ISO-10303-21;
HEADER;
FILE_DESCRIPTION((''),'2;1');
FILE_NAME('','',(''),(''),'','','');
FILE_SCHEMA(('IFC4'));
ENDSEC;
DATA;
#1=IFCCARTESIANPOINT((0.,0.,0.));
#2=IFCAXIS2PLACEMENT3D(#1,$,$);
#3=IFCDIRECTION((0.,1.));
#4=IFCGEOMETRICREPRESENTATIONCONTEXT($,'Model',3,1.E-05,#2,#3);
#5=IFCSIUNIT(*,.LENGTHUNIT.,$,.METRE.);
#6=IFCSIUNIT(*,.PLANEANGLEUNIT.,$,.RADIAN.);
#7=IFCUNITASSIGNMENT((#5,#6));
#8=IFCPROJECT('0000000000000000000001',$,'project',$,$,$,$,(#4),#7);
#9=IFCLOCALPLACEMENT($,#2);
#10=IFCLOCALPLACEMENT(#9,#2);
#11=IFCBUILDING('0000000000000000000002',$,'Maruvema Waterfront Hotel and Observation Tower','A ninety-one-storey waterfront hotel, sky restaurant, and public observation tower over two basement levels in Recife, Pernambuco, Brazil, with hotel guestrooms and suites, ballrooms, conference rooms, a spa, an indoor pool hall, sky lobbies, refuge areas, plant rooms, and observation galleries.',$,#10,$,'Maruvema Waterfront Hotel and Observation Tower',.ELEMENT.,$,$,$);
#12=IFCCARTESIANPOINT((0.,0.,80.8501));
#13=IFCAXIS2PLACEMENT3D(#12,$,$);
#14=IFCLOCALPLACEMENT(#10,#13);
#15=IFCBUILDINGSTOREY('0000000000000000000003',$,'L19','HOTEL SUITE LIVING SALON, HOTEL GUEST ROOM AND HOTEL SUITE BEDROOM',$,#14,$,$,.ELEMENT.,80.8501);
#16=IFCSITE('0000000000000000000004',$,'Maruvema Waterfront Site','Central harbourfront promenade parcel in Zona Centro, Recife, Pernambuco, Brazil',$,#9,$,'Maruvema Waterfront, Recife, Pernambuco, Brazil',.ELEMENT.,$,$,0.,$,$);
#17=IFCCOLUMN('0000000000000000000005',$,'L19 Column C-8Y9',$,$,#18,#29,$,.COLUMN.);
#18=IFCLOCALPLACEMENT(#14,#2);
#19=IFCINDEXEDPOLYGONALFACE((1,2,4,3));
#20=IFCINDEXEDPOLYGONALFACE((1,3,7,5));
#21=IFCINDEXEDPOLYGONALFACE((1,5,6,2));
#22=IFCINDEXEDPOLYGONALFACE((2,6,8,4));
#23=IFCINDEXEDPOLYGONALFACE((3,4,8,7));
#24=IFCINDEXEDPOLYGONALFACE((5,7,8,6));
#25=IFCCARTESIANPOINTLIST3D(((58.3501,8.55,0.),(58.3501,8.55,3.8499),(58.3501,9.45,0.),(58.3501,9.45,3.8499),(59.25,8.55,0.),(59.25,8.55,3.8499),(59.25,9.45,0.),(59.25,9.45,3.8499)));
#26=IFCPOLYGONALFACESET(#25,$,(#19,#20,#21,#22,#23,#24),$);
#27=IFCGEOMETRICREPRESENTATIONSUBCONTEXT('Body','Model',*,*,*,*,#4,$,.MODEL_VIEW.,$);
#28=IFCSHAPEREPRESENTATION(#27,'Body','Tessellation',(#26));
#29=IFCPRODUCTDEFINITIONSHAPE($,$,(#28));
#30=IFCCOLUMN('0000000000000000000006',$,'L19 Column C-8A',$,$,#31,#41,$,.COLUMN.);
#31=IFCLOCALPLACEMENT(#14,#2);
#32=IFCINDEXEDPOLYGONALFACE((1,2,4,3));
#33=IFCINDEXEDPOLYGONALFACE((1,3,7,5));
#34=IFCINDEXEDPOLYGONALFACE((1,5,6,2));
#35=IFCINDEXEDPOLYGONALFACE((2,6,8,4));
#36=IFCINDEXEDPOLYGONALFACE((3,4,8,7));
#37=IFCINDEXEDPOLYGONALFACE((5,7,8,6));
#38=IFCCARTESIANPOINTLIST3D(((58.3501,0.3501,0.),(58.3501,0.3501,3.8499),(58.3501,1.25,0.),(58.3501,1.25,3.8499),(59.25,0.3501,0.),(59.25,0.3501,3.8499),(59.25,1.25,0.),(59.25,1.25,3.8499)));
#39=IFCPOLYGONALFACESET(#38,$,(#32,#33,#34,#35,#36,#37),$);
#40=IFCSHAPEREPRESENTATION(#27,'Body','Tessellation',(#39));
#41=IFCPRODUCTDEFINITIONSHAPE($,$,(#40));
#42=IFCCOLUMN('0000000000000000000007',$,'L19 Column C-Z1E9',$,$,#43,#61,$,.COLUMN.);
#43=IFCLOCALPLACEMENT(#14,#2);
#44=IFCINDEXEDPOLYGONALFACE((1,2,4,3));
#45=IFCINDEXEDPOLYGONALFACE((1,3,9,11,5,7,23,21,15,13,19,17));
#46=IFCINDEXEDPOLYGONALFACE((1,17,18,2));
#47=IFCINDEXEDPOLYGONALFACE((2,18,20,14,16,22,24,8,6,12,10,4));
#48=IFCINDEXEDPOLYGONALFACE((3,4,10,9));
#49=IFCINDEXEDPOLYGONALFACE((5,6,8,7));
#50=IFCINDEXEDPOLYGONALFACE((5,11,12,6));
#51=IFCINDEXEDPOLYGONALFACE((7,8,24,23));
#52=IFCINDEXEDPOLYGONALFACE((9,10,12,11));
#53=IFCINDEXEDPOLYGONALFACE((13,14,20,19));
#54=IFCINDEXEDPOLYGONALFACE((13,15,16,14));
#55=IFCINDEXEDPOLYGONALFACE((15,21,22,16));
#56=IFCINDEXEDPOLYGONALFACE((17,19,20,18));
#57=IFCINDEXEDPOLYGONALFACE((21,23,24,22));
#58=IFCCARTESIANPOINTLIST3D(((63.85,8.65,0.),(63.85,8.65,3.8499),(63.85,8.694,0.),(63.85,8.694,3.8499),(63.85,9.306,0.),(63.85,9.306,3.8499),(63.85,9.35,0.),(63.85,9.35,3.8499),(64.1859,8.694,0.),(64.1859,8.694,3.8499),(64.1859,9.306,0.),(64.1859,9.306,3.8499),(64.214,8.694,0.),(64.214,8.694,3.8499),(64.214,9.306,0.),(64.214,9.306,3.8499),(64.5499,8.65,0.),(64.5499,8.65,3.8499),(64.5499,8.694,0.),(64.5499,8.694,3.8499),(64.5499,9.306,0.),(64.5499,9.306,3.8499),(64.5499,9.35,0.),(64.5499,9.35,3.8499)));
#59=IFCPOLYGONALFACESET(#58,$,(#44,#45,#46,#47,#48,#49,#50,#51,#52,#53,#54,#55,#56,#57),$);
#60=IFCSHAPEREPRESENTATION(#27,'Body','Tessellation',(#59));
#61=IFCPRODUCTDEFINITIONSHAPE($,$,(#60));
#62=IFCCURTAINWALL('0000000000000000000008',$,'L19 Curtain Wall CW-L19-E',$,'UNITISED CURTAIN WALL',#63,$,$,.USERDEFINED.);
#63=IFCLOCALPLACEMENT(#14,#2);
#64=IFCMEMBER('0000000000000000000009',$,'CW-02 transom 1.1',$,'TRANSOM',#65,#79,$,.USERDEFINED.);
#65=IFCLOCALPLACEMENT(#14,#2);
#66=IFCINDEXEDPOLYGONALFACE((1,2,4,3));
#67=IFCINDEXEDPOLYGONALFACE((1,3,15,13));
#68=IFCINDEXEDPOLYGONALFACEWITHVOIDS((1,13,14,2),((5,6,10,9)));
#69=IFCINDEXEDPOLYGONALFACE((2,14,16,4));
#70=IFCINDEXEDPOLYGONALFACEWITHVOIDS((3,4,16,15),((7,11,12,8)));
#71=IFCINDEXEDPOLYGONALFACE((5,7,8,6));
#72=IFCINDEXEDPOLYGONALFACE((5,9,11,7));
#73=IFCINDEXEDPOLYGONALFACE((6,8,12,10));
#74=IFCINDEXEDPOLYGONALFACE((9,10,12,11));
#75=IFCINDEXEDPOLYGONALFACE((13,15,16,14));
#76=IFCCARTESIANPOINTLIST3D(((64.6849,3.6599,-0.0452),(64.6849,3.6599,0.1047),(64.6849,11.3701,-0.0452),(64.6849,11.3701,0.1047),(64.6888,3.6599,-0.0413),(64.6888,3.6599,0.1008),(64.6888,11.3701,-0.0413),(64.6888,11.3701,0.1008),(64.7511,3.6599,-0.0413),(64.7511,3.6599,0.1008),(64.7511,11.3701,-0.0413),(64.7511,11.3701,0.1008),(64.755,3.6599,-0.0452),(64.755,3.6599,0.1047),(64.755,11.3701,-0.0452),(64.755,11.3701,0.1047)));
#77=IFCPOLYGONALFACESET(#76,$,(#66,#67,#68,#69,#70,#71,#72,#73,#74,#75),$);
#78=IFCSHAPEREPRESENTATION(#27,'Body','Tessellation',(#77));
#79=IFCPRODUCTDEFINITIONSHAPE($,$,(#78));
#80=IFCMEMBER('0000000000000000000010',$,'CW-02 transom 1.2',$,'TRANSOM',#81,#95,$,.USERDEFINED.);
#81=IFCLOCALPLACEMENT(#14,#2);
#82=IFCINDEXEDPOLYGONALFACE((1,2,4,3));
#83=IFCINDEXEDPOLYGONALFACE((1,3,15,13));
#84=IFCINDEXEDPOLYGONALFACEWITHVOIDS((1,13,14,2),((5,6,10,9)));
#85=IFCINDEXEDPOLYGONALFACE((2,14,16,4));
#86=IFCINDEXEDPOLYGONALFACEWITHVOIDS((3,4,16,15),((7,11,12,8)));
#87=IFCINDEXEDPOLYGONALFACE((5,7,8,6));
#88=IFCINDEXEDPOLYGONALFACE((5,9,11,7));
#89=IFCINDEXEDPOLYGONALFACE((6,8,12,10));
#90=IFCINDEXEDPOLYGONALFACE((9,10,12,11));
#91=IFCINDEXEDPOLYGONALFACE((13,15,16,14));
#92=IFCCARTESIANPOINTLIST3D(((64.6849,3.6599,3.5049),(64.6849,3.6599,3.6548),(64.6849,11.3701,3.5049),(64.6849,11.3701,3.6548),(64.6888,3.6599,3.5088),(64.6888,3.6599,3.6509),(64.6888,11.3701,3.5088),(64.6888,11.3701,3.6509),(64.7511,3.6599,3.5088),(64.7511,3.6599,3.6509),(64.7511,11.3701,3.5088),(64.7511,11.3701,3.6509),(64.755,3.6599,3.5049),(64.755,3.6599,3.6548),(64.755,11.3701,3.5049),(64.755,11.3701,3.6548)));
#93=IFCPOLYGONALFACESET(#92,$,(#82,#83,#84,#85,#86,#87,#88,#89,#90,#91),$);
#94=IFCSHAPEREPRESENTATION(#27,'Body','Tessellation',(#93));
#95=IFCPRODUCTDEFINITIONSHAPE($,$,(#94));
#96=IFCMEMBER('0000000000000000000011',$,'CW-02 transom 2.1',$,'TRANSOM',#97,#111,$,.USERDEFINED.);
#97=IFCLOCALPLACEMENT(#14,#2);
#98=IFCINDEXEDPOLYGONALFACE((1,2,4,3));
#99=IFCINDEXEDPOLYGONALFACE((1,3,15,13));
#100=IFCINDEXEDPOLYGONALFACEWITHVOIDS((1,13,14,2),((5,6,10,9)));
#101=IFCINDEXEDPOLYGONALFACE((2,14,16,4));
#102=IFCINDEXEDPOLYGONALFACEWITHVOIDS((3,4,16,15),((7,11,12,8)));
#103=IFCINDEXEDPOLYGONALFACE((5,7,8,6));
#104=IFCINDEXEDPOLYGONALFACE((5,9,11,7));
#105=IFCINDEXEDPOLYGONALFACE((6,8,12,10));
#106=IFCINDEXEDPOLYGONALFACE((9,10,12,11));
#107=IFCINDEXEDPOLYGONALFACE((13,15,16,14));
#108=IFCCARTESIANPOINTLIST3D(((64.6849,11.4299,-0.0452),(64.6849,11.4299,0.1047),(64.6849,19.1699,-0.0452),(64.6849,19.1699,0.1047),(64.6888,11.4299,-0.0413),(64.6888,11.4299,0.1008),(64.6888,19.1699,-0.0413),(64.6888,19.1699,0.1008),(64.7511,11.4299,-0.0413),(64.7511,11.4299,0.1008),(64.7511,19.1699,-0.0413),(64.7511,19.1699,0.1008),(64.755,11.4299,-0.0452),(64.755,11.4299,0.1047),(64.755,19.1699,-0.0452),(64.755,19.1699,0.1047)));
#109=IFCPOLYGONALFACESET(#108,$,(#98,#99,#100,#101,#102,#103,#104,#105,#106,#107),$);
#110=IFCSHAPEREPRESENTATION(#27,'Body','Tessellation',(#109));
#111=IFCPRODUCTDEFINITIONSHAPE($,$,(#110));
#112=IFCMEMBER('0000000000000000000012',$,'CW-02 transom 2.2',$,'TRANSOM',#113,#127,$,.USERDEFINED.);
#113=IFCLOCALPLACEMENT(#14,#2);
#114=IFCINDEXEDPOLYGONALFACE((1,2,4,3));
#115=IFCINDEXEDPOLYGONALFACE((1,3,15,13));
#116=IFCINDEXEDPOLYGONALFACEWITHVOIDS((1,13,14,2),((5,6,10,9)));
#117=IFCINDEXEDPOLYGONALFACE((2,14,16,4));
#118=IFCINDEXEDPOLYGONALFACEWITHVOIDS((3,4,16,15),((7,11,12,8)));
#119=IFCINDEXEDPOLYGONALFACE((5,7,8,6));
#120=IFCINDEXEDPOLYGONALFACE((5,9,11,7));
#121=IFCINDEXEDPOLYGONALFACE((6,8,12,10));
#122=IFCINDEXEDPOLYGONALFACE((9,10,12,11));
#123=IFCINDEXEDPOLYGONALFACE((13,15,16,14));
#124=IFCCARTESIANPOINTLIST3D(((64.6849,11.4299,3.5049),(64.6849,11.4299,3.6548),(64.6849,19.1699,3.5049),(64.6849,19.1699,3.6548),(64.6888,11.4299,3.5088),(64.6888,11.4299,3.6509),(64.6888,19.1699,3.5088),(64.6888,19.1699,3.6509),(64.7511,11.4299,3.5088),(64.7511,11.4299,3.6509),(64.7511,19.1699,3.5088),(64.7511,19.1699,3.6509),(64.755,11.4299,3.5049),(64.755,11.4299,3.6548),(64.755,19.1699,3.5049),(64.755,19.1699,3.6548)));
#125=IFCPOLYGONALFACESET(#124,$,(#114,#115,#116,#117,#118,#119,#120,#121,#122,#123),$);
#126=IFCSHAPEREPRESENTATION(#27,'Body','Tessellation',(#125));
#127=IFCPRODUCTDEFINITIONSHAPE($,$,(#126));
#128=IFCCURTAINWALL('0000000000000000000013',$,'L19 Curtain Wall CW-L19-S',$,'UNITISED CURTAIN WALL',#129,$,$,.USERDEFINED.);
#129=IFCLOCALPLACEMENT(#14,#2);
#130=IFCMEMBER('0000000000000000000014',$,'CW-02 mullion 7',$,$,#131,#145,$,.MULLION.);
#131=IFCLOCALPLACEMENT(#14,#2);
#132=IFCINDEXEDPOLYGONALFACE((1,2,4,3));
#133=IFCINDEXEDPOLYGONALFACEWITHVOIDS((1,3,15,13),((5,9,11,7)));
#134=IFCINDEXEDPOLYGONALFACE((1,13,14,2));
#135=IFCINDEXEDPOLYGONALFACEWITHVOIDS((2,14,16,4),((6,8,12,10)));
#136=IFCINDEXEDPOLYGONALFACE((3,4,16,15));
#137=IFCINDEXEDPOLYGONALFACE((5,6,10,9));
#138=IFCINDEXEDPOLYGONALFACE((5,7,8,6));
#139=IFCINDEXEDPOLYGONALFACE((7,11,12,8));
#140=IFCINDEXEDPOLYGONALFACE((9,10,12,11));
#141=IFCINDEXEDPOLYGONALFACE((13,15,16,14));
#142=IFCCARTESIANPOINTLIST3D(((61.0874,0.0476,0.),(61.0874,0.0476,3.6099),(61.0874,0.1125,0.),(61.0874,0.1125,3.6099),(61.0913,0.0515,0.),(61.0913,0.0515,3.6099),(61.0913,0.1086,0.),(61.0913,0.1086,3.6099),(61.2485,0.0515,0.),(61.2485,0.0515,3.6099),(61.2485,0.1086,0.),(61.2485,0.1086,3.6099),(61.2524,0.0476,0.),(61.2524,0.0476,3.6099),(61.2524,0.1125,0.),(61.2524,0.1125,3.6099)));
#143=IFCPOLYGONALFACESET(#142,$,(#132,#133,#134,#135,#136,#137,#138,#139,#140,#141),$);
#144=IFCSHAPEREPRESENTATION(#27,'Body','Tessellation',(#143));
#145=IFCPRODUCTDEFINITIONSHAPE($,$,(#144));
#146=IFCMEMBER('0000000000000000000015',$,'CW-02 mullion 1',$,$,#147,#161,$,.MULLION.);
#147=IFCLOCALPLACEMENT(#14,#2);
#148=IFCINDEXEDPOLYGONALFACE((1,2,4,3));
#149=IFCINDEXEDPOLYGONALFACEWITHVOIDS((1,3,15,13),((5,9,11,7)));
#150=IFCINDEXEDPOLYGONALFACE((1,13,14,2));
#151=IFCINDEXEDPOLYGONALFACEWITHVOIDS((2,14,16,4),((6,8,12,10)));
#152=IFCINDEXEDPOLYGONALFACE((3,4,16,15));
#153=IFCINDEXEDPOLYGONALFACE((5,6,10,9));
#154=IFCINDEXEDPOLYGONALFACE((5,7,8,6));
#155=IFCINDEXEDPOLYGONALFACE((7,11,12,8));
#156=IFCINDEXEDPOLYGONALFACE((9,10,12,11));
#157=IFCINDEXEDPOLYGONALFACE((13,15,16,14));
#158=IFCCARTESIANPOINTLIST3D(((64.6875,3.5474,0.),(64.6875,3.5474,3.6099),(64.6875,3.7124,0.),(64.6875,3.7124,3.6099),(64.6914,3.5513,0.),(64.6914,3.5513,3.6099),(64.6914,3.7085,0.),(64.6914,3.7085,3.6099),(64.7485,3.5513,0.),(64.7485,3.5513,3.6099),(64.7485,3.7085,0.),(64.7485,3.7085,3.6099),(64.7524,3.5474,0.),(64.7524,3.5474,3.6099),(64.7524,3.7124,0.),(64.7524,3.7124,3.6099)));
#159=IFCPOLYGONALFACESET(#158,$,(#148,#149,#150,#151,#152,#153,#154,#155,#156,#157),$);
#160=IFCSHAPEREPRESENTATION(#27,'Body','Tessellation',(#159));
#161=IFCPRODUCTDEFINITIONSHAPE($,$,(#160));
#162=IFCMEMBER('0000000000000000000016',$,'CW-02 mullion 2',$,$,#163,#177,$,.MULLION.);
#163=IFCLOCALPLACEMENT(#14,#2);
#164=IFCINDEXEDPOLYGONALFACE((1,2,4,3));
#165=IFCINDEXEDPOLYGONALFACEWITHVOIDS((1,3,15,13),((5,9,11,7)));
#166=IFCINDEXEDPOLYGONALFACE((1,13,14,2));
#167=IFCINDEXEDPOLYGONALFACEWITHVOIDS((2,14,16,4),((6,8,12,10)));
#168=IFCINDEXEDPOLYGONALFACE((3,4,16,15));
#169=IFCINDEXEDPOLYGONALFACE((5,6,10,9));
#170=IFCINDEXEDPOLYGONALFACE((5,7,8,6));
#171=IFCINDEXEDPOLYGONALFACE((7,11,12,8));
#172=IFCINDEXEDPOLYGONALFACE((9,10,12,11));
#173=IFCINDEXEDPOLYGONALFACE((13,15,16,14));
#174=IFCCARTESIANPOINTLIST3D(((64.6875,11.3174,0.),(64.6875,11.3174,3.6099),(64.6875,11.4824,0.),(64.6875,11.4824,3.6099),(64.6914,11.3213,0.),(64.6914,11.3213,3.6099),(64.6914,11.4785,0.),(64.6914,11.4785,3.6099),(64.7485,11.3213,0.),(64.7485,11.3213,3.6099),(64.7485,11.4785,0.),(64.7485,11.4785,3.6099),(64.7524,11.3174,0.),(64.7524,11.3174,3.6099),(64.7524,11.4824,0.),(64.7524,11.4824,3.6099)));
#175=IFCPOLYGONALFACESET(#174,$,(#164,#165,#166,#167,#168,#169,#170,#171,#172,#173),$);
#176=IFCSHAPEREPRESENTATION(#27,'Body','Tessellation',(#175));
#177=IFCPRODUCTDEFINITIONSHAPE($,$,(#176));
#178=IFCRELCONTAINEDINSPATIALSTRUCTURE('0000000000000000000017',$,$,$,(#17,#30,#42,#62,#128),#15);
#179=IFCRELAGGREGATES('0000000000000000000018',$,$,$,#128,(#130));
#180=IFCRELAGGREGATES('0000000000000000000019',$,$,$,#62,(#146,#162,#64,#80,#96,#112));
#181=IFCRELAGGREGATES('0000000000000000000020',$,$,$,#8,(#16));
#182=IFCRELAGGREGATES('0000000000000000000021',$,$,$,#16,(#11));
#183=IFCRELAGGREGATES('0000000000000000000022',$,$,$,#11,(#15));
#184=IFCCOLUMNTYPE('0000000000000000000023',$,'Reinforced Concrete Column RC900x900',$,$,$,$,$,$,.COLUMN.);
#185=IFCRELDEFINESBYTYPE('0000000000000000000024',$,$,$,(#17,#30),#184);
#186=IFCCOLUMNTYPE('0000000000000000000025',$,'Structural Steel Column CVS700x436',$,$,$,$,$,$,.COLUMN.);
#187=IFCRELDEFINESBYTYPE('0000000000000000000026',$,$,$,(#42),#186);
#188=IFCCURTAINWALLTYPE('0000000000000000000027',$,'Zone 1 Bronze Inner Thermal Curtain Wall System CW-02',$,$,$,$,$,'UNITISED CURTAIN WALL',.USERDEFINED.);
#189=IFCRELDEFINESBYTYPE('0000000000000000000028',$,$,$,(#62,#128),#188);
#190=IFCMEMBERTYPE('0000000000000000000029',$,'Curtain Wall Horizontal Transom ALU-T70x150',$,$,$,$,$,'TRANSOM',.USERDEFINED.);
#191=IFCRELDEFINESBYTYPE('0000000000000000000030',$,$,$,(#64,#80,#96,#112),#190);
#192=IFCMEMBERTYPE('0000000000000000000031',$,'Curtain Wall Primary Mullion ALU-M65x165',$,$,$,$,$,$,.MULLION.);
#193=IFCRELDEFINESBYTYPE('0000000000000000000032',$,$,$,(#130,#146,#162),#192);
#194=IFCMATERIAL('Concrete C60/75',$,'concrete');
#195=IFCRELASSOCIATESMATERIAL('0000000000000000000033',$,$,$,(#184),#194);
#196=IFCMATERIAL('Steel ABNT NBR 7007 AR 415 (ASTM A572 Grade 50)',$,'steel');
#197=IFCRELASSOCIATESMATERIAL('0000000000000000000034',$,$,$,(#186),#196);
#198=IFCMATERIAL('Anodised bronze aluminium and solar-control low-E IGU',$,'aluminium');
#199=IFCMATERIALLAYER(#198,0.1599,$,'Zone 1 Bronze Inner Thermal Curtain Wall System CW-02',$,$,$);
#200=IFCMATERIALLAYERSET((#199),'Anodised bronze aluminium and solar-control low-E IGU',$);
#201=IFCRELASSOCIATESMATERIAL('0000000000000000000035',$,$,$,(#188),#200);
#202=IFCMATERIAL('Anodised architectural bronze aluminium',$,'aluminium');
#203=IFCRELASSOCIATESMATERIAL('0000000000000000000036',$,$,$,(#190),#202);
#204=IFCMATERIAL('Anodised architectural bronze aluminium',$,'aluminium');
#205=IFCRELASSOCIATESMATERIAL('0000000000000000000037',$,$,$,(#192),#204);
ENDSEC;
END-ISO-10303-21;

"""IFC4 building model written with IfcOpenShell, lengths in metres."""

from ifc_helpers import new_model, si_unit, direction, frame, origin, origin_2d, place, context, subcontext, project, spatial, rectangle, hollow_rectangle, i_section, extrude, material, layer, layer_set, material_profile, profile_set, type_object, element, aggregate, save


model = new_model("IFC4")

# Units and contexts
model_context = context("Model", 3, precision=1e-05, world=origin(), true_north=direction((0.0, 1.0)))
body_context = subcontext(model_context, "Body", "Model", "MODEL_VIEW")
ifc_project = project(units=[si_unit("LENGTHUNIT", "METRE"), si_unit("PLANEANGLEUNIT", "RADIAN")], contexts=[model_context])

# Site, building, storey
site_placement = place(None, origin())
site = spatial("IfcSite", under=ifc_project, at=site_placement, Name="Maruvema Waterfront Site", Description="Central harbourfront promenade parcel in Zona Centro, Recife, Pernambuco, Brazil", LongName="Maruvema Waterfront, Recife, Pernambuco, Brazil", CompositionType="ELEMENT", RefElevation=0.0)
building_placement = place(site_placement, origin())
building = spatial("IfcBuilding", under=site, at=building_placement, Name="Maruvema Waterfront Hotel and Observation Tower", Description="A ninety-one-storey waterfront hotel, sky restaurant, and public observation tower over two basement levels in Recife, Pernambuco, Brazil, with hotel guestrooms and suites, ballrooms, conference rooms, a spa, an indoor pool hall, sky lobbies, refuge areas, plant rooms, and observation galleries.", LongName="Maruvema Waterfront Hotel and Observation Tower", CompositionType="ELEMENT")
storey_placement = place(building_placement, frame((0.0, 0.0, 80.8501)))
storey = spatial("IfcBuildingStorey", under=building, at=storey_placement, Name="L19", Description="HOTEL SUITE LIVING SALON, HOTEL GUEST ROOM AND HOTEL SUITE BEDROOM", CompositionType="ELEMENT", Elevation=80.8501)

# Columns
ifc_material_1 = material(Name="Concrete C60/75", Category="concrete")
ifc_material_profile_1 = material_profile(ifc_material_1, rectangle(XDim=0.8999, YDim=0.8999, at=origin_2d()), Name="RC900x900")
ifc_profile_set_1 = profile_set([ifc_material_profile_1], Name="Concrete C60/75")
column_type_1 = type_object("IfcColumnType", Name="Reinforced Concrete Column RC900x900", PredefinedType="COLUMN", material=ifc_profile_set_1)
for number, where, z_axis, x_axis, name in (
    (1, (58.8, 9.0, 0.0), (0.0, 0.0, 1.0), (1.0, 0.0, 0.0), "L19 Column C-8Y9"),
    (2, (58.8, 0.8, 0.0), (0.0, 0.0, 1.0), (1.0, 0.0, 0.0), "L19 Column C-8A"),
):
    element("IfcColumn", number, at=place(storey_placement, frame(where, z_axis=z_axis, x_axis=x_axis)), inside=storey, type_object=column_type_1, Name=name, PredefinedType="COLUMN", context=body_context, shape_type="SweptSolid", body=[
        extrude(rectangle(XDim=0.8999, YDim=0.8999, at=origin_2d()), origin(), (0.0, 0.0, 1.0), 3.8499),
    ])
ifc_material_2 = material(Name="Steel ABNT NBR 7007 AR 415 (ASTM A572 Grade 50)", Category="steel")
ifc_material_profile_2 = material_profile(ifc_material_2, i_section(OverallWidth=0.7, OverallDepth=0.7, WebThickness=0.0281, FlangeThickness=0.0439, at=origin_2d()), Name="CVS700x436")
ifc_profile_set_2 = profile_set([ifc_material_profile_2], Name="Steel ABNT NBR 7007 AR 415 (ASTM A572 Grade 50)")
column_type_2 = type_object("IfcColumnType", Name="Structural Steel Column CVS700x436", PredefinedType="COLUMN", material=ifc_profile_set_2)
column_placement = place(storey_placement, frame((64.2, 9.0, 0.0), z_axis=(0.0, 0.0, 1.0), x_axis=(1.0, 0.0, 0.0)))
element("IfcColumn", 3, at=column_placement, inside=storey, type_object=column_type_2, Name="L19 Column C-Z1E9", PredefinedType="COLUMN", context=body_context, shape_type="SweptSolid", body=[
    extrude(i_section(OverallWidth=0.7, OverallDepth=0.7, WebThickness=0.0281, FlangeThickness=0.0439, at=origin_2d()), origin(), (0.0, 0.0, 1.0), 3.8499),
])

# Curtain wall, members
ifc_material_3 = material(Name="Anodised bronze aluminium and solar-control low-E IGU", Category="aluminium")
ifc_layer_1 = layer(ifc_material_3, 0.1599, Name="Zone 1 Bronze Inner Thermal Curtain Wall System CW-02")
ifc_layer_set_1 = layer_set([ifc_layer_1], Name="Anodised bronze aluminium and solar-control low-E IGU")
curtain_wall_type = type_object("IfcCurtainWallType", Name="Zone 1 Bronze Inner Thermal Curtain Wall System CW-02", ElementType="UNITISED CURTAIN WALL", PredefinedType="USERDEFINED", material=ifc_layer_set_1)
curtain_wall_1_placement = place(storey_placement, origin())
curtain_wall_1 = element("IfcCurtainWall", 4, at=curtain_wall_1_placement, inside=storey, type_object=curtain_wall_type, Name="L19 Curtain Wall CW-L19-E", ObjectType="UNITISED CURTAIN WALL", PredefinedType="USERDEFINED")
ifc_material_4 = material(Name="Anodised architectural bronze aluminium", Category="aluminium")
ifc_material_profile_3 = material_profile(ifc_material_4, hollow_rectangle(XDim=0.0701, YDim=0.1499, WallThickness=0.0039, at=origin_2d()), Name="ALU-T70x150")
ifc_profile_set_3 = profile_set([ifc_material_profile_3], Name="Anodised architectural bronze aluminium")
member_type_1 = type_object("IfcMemberType", Name="Curtain Wall Horizontal Transom ALU-T70x150", ElementType="TRANSOM", PredefinedType="USERDEFINED", material=ifc_profile_set_3)
member_1_placement = place(storey_placement, frame((64.72, 3.6599, 0.0298), z_axis=(0.0, 1.0, 0.0), x_axis=(-1.0, 0.0, 0.0)))
member_1 = element("IfcMember", 5, at=member_1_placement, type_object=member_type_1, Name="CW-02 transom 1.1", ObjectType="TRANSOM", PredefinedType="USERDEFINED", context=body_context, shape_type="SweptSolid", body=[
    extrude(hollow_rectangle(XDim=0.0701, YDim=0.1499, WallThickness=0.0039, at=origin_2d()), origin(), (0.0, 0.0, 1.0), 7.7102),
])
member_2_placement = place(storey_placement, frame((64.72, 3.6599, 3.5798), z_axis=(0.0, 1.0, 0.0), x_axis=(-1.0, 0.0, 0.0)))
member_2 = element("IfcMember", 6, at=member_2_placement, type_object=member_type_1, Name="CW-02 transom 1.2", ObjectType="TRANSOM", PredefinedType="USERDEFINED", context=body_context, shape_type="SweptSolid", body=[
    extrude(hollow_rectangle(XDim=0.0701, YDim=0.1499, WallThickness=0.0039, at=origin_2d()), origin(), (0.0, 0.0, 1.0), 7.7102),
])
member_3_placement = place(storey_placement, frame((64.72, 11.4299, 0.0298), z_axis=(0.0, 1.0, 0.0), x_axis=(-1.0, 0.0, 0.0)))
member_3 = element("IfcMember", 7, at=member_3_placement, type_object=member_type_1, Name="CW-02 transom 2.1", ObjectType="TRANSOM", PredefinedType="USERDEFINED", context=body_context, shape_type="SweptSolid", body=[
    extrude(hollow_rectangle(XDim=0.0701, YDim=0.1499, WallThickness=0.0039, at=origin_2d()), origin(), (0.0, 0.0, 1.0), 7.74),
])
member_4_placement = place(storey_placement, frame((64.72, 11.4299, 3.5798), z_axis=(0.0, 1.0, 0.0), x_axis=(-1.0, 0.0, 0.0)))
member_4 = element("IfcMember", 8, at=member_4_placement, type_object=member_type_1, Name="CW-02 transom 2.2", ObjectType="TRANSOM", PredefinedType="USERDEFINED", context=body_context, shape_type="SweptSolid", body=[
    extrude(hollow_rectangle(XDim=0.0701, YDim=0.1499, WallThickness=0.0039, at=origin_2d()), origin(), (0.0, 0.0, 1.0), 7.74),
])

# Curtain wall, member
curtain_wall_2_placement = place(storey_placement, origin())
curtain_wall_2 = element("IfcCurtainWall", 9, at=curtain_wall_2_placement, inside=storey, type_object=curtain_wall_type, Name="L19 Curtain Wall CW-L19-S", ObjectType="UNITISED CURTAIN WALL", PredefinedType="USERDEFINED")
ifc_material_5 = material(Name="Anodised architectural bronze aluminium", Category="aluminium")
ifc_material_profile_4 = material_profile(ifc_material_5, hollow_rectangle(XDim=0.0649, YDim=0.165, WallThickness=0.0039, at=origin_2d()), Name="ALU-M65x165")
ifc_profile_set_4 = profile_set([ifc_material_profile_4], Name="Anodised architectural bronze aluminium")
member_type_2 = type_object("IfcMemberType", Name="Curtain Wall Primary Mullion ALU-M65x165", PredefinedType="MULLION", material=ifc_profile_set_4)
member_5_placement = place(storey_placement, frame((61.1699, 0.0801, 0.0), z_axis=(0.0, 0.0, 1.0), x_axis=(0.0, 1.0, 0.0)))
member_5 = element("IfcMember", 10, at=member_5_placement, type_object=member_type_2, Name="CW-02 mullion 7", PredefinedType="MULLION", context=body_context, shape_type="SweptSolid", body=[
    extrude(hollow_rectangle(XDim=0.0649, YDim=0.165, WallThickness=0.0039, at=origin_2d()), origin(), (0.0, 0.0, 1.0), 3.6099),
])

# Members
member_6_placement = place(storey_placement, frame((64.72, 3.6299, 0.0), z_axis=(0.0, 0.0, 1.0), x_axis=(-1.0, 0.0, 0.0)))
member_6 = element("IfcMember", 11, at=member_6_placement, type_object=member_type_2, Name="CW-02 mullion 1", PredefinedType="MULLION", context=body_context, shape_type="SweptSolid", body=[
    extrude(hollow_rectangle(XDim=0.0649, YDim=0.165, WallThickness=0.0039, at=origin_2d()), origin(), (0.0, 0.0, 1.0), 3.6099),
])
member_7_placement = place(storey_placement, frame((64.72, 11.3999, 0.0), z_axis=(0.0, 0.0, 1.0), x_axis=(-1.0, 0.0, 0.0)))
member_7 = element("IfcMember", 12, at=member_7_placement, type_object=member_type_2, Name="CW-02 mullion 2", PredefinedType="MULLION", context=body_context, shape_type="SweptSolid", body=[
    extrude(hollow_rectangle(XDim=0.0649, YDim=0.165, WallThickness=0.0039, at=origin_2d()), origin(), (0.0, 0.0, 1.0), 3.6099),
])

aggregate(curtain_wall_2, [member_5])
aggregate(curtain_wall_1, [member_6, member_7, member_1, member_2, member_3, member_4])

save(model, "model.ifc")
